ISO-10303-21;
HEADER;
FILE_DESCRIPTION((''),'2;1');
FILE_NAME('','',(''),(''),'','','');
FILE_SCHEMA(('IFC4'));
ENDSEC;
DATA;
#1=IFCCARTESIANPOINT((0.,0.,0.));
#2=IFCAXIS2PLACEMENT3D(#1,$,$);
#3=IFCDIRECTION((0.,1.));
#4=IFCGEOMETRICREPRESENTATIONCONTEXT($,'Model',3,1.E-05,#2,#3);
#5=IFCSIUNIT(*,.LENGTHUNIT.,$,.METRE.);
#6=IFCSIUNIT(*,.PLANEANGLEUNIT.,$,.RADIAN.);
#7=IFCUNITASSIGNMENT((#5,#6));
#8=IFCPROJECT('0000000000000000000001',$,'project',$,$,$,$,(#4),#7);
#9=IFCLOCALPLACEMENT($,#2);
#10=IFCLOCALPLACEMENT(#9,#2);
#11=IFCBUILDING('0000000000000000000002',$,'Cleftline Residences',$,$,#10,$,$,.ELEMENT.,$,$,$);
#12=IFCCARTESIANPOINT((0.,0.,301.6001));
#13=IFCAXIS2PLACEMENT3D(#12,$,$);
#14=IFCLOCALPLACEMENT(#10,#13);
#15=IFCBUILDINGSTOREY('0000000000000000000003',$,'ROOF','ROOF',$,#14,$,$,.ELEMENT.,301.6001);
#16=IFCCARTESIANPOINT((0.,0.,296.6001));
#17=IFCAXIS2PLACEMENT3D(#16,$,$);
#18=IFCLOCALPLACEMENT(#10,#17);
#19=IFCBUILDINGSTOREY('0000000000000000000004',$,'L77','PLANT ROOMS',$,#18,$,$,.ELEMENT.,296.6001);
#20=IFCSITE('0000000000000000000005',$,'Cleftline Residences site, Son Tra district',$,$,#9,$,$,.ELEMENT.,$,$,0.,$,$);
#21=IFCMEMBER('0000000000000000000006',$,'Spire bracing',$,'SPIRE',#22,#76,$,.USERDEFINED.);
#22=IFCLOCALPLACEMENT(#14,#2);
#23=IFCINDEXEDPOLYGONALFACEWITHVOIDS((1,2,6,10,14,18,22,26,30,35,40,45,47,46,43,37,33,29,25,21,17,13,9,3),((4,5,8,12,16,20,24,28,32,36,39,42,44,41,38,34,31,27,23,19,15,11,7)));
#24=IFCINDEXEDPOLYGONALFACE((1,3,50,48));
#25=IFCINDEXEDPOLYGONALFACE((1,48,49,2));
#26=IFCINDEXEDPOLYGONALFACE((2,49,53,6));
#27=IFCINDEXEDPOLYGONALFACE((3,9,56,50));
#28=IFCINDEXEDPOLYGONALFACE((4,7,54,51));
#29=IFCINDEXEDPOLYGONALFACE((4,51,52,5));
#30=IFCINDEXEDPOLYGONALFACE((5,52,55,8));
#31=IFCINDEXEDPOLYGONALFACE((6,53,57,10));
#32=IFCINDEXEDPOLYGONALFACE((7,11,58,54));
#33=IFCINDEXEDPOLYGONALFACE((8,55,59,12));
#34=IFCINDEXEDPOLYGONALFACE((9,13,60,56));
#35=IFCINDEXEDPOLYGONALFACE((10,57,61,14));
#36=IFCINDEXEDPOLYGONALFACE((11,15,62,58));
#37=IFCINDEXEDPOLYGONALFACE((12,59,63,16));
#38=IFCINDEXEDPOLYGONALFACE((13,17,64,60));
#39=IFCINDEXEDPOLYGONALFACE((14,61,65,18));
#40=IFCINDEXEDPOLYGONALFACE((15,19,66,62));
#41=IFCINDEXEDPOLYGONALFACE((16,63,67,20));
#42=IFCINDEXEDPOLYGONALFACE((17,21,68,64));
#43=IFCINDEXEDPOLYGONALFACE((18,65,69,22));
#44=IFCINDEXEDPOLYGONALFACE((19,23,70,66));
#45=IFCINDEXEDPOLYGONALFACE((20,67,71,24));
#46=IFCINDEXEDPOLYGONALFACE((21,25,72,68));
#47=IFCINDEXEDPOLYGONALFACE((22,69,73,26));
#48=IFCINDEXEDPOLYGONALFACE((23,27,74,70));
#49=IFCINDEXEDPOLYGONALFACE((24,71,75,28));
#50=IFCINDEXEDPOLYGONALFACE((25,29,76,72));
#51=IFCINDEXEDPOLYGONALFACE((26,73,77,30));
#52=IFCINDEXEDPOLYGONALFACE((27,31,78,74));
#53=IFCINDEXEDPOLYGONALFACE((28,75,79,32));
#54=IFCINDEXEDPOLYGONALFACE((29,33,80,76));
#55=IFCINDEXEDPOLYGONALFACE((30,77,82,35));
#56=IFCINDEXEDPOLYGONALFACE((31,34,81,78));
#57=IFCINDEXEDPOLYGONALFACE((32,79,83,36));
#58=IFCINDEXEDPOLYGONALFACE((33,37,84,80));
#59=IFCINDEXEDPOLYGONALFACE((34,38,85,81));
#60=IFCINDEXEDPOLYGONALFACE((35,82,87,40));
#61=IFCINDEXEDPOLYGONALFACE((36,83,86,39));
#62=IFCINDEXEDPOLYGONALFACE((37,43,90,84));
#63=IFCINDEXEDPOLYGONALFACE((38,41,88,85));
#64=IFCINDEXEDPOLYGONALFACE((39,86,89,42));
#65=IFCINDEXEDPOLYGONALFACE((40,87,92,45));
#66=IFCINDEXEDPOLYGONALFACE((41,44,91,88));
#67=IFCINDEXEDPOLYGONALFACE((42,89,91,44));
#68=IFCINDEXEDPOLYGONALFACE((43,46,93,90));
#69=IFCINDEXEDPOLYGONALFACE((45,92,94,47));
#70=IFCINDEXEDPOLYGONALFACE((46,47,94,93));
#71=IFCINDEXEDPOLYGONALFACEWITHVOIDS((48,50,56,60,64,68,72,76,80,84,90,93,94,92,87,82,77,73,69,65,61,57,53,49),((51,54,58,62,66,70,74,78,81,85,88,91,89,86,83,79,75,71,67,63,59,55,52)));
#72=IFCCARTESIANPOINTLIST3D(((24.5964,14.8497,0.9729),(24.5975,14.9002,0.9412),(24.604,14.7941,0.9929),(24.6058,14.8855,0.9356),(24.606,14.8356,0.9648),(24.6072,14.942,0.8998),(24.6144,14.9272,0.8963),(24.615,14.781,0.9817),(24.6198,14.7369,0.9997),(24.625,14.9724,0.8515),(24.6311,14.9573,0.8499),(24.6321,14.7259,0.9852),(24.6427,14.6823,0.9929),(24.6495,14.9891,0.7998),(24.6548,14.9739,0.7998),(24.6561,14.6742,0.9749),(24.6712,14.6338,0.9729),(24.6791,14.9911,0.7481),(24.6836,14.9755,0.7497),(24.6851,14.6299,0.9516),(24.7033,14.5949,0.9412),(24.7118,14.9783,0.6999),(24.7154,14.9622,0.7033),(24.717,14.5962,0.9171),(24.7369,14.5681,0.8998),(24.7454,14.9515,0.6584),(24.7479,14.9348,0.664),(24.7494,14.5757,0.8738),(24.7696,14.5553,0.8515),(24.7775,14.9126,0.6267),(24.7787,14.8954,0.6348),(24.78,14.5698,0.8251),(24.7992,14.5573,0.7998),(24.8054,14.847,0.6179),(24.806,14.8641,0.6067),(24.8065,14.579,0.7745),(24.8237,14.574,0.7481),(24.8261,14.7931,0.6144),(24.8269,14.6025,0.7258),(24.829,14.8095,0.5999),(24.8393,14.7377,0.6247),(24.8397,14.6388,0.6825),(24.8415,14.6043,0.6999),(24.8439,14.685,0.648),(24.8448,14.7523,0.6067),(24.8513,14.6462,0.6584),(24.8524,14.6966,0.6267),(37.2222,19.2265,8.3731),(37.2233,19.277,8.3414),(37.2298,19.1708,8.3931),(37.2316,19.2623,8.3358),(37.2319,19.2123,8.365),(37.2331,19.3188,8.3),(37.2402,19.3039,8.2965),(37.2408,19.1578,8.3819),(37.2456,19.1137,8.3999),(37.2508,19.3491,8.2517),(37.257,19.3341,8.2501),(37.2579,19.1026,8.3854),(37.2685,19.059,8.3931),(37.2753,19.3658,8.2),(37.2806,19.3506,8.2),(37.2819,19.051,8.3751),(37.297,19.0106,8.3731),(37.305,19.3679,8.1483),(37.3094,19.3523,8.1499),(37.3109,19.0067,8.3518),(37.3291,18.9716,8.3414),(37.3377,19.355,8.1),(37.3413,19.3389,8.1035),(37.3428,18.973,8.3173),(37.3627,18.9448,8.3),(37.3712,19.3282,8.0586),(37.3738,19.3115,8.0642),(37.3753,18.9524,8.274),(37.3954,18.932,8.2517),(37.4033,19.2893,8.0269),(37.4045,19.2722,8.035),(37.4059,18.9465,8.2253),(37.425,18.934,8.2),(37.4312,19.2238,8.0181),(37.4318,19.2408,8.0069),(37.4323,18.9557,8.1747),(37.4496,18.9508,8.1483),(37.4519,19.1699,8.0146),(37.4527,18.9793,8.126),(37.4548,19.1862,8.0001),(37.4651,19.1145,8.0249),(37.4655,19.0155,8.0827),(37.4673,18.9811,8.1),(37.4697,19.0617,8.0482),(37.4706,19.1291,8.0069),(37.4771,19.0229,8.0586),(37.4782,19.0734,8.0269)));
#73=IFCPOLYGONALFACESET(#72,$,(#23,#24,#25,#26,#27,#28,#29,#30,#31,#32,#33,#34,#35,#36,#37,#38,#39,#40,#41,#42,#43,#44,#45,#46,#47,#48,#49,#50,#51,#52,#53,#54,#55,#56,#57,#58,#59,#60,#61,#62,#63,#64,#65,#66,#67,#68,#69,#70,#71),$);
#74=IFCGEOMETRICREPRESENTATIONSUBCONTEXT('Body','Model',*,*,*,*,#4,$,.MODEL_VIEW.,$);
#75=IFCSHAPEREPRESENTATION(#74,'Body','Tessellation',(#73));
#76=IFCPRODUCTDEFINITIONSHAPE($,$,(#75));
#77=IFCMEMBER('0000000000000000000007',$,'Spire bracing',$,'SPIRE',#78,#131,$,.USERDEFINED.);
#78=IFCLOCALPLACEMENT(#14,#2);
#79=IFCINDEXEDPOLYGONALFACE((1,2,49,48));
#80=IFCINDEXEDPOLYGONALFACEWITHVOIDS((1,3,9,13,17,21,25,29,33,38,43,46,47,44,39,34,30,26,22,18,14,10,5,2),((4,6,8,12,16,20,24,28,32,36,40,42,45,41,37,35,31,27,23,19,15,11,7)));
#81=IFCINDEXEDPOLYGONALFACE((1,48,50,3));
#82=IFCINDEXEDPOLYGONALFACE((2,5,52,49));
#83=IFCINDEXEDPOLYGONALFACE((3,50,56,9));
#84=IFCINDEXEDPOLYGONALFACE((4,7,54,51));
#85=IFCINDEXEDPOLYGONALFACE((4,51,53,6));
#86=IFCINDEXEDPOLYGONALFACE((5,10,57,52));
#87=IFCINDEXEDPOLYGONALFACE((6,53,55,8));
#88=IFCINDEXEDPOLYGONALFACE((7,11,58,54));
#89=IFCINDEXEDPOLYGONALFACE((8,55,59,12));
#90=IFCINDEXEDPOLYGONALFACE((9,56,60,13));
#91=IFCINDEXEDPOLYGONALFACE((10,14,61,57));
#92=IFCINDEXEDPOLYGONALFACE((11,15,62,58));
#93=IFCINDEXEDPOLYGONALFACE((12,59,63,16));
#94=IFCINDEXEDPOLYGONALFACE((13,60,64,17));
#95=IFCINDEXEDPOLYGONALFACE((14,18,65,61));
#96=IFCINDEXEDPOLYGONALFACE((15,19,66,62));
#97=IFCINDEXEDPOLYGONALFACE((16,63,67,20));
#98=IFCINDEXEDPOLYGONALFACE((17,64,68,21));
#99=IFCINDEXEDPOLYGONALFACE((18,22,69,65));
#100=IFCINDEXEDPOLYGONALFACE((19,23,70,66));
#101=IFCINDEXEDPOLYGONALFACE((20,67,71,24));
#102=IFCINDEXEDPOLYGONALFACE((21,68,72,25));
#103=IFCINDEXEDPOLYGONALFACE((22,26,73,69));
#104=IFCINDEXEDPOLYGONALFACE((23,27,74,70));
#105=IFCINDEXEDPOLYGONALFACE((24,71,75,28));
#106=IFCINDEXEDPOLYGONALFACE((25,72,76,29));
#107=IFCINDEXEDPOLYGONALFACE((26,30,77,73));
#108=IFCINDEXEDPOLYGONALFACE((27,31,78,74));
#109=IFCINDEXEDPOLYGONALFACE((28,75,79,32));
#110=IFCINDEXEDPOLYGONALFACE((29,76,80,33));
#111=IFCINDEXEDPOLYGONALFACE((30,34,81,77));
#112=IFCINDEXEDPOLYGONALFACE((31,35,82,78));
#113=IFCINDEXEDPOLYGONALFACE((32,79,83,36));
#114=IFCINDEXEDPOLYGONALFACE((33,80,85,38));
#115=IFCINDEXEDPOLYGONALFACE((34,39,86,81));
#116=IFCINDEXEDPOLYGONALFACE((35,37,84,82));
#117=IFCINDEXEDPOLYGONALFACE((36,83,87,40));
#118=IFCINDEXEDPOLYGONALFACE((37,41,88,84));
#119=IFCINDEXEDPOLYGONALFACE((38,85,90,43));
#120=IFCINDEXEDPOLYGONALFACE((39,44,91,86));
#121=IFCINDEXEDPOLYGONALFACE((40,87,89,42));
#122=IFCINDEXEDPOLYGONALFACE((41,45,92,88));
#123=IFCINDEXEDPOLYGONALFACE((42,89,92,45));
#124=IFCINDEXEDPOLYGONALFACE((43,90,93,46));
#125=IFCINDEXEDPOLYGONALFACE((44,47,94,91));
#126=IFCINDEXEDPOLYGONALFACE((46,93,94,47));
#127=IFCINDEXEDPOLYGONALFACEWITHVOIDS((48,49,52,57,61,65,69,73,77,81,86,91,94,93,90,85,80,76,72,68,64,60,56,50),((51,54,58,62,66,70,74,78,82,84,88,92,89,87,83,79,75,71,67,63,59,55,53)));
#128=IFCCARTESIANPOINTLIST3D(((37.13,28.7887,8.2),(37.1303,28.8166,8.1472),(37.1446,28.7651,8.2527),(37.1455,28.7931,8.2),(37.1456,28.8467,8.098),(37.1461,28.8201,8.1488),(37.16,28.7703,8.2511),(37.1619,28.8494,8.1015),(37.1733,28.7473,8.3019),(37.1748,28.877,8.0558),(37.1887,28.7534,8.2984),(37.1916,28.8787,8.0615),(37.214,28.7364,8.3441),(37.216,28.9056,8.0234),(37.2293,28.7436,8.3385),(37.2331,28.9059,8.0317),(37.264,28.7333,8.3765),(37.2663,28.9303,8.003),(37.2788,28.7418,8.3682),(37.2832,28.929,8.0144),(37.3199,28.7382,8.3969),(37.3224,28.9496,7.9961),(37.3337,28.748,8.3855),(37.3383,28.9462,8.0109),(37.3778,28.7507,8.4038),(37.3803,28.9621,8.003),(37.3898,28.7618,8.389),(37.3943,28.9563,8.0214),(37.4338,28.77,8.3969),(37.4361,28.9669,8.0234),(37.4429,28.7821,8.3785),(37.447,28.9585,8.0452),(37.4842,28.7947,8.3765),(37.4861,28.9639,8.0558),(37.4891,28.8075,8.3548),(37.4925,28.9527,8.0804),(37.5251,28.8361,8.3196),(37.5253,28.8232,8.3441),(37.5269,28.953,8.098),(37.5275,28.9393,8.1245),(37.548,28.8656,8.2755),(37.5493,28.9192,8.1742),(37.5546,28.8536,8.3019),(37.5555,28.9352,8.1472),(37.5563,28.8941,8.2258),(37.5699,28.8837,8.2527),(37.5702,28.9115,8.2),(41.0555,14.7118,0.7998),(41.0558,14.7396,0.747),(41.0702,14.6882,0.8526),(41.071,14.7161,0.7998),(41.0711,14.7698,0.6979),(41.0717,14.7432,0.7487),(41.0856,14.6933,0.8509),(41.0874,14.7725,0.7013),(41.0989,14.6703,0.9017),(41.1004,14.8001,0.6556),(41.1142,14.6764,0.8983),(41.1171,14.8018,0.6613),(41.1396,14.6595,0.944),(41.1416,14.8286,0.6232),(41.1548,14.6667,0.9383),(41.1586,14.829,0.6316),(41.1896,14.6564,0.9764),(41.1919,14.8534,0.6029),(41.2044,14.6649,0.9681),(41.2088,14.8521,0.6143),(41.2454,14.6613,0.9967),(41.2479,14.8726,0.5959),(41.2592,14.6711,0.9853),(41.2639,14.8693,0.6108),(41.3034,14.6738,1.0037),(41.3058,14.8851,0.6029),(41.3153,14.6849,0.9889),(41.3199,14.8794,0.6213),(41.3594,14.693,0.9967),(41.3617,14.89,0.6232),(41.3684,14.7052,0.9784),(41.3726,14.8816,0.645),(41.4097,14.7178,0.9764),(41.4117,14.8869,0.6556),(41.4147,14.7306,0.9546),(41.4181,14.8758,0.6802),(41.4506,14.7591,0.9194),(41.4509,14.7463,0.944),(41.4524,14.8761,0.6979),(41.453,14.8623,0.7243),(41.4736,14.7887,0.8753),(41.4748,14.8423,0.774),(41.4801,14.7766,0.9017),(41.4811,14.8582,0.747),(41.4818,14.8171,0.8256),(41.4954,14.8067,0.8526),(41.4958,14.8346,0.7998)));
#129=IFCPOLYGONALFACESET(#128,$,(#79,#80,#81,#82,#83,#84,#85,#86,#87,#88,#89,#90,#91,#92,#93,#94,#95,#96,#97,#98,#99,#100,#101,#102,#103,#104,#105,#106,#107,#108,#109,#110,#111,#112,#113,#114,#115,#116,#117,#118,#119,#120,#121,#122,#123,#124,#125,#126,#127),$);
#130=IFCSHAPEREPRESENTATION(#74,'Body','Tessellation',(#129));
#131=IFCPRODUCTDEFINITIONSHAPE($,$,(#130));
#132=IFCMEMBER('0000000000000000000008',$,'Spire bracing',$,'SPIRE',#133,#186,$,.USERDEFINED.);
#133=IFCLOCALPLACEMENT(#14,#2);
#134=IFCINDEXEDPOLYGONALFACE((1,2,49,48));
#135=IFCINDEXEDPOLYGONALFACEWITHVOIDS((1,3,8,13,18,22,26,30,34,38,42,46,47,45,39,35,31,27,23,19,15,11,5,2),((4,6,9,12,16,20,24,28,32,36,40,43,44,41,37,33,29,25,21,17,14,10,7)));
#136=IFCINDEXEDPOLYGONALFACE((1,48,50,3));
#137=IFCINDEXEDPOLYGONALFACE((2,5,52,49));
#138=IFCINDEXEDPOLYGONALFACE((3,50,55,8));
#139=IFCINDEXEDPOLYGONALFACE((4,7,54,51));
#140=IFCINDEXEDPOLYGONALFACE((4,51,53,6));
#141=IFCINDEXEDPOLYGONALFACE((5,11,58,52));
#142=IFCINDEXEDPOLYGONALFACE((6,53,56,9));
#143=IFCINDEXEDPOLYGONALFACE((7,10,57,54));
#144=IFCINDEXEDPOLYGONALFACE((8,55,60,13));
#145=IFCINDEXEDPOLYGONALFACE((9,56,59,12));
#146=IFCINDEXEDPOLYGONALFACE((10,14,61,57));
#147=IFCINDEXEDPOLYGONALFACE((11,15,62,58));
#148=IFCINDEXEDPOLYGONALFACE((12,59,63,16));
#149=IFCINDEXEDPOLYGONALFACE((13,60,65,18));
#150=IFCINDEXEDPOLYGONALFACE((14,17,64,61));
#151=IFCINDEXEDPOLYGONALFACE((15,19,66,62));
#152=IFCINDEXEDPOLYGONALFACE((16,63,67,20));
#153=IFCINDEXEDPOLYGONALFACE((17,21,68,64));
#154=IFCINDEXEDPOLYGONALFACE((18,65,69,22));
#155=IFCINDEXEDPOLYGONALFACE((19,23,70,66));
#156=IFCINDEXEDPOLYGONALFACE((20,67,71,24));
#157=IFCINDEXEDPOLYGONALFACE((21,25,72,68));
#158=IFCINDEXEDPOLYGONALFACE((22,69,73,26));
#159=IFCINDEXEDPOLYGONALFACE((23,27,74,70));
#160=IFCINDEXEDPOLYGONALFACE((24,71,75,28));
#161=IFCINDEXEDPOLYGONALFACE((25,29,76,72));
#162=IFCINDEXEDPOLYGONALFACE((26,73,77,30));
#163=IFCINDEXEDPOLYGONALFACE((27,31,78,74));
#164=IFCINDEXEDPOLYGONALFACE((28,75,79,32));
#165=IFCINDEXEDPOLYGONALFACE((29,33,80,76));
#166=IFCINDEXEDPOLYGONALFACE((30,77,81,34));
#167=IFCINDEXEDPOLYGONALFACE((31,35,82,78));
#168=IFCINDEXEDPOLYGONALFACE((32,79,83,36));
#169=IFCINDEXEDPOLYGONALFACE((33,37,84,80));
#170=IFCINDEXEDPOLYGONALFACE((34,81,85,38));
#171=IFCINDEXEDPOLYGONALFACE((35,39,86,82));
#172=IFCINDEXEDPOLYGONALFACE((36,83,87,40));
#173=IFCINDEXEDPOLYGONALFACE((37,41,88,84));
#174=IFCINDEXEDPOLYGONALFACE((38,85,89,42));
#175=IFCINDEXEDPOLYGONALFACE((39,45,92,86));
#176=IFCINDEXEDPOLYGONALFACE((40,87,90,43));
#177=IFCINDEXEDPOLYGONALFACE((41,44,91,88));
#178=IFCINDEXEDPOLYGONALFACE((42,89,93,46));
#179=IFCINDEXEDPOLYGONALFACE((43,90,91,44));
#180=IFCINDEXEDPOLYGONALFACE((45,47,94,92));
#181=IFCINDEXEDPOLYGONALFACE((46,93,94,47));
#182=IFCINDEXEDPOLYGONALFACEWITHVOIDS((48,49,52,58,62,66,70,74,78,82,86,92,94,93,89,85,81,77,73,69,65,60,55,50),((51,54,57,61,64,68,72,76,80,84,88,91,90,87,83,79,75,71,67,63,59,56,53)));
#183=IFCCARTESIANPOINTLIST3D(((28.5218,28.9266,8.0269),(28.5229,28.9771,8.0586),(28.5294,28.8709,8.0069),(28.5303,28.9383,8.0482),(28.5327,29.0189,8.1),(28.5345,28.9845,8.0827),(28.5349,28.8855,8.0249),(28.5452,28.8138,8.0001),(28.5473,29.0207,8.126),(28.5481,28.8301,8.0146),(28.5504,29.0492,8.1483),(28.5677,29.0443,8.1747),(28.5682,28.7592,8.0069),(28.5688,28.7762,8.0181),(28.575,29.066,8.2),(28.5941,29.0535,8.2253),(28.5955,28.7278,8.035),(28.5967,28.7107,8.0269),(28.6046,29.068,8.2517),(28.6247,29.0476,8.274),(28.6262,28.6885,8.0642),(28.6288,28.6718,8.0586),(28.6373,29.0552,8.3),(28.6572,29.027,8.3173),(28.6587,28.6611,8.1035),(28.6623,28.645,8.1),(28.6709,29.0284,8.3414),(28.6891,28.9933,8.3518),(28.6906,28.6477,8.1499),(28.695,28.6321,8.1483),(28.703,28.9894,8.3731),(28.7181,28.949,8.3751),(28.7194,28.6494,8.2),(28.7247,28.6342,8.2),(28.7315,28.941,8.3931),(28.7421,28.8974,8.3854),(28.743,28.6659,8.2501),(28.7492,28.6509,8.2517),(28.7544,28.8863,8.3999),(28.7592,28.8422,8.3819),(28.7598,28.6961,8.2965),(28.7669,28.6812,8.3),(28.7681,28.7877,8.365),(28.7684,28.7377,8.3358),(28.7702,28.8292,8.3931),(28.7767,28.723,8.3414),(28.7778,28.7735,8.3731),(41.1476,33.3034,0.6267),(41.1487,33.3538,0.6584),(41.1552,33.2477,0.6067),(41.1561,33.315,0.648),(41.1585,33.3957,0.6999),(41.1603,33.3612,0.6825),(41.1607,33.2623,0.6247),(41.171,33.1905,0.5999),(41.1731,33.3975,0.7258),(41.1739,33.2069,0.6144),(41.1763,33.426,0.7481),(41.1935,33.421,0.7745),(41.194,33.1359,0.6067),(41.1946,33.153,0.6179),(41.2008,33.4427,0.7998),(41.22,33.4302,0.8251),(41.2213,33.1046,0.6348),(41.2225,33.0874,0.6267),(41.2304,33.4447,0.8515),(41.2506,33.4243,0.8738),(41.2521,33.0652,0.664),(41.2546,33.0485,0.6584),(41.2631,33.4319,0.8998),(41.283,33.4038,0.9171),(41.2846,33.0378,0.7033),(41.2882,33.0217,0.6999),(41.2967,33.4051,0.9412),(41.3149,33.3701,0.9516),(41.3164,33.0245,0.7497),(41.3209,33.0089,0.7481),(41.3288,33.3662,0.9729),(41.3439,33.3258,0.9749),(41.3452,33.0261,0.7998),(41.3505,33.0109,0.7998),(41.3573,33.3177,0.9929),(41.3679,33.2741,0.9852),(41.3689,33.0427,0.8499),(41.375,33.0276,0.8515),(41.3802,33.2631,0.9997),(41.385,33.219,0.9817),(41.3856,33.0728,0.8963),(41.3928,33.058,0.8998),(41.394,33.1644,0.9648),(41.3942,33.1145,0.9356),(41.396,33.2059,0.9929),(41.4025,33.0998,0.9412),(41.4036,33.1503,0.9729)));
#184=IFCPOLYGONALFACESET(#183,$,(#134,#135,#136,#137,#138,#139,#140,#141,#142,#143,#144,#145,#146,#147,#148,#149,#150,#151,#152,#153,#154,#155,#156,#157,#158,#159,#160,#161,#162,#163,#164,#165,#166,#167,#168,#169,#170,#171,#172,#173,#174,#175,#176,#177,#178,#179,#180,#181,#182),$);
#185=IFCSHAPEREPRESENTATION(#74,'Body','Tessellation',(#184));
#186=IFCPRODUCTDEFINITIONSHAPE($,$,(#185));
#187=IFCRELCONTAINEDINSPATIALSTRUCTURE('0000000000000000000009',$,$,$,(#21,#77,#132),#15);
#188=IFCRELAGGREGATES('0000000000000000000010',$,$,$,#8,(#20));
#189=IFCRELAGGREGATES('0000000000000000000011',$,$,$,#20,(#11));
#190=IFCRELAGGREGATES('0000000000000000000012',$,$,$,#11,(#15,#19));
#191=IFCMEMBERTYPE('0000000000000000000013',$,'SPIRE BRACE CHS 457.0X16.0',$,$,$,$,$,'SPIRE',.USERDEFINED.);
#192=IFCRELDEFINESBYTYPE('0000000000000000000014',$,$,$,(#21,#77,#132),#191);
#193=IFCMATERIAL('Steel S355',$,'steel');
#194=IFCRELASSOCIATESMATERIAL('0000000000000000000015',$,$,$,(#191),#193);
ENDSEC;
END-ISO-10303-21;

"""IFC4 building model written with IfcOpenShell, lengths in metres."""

from ifc_helpers import new_model, si_unit, direction, frame, origin, origin_2d, place, context, subcontext, project, spatial, hollow_circle, extrude, material, material_profile, profile_set, type_object, element, save


model = new_model("IFC4")

# Units and contexts
model_context = context("Model", 3, precision=1e-05, world=origin(), true_north=direction((0.0, 1.0)))
body_context = subcontext(model_context, "Body", "Model", "MODEL_VIEW")
ifc_project = project(units=[si_unit("LENGTHUNIT", "METRE"), si_unit("PLANEANGLEUNIT", "RADIAN")], contexts=[model_context])

# Site, building, storey
site_placement = place(None, origin())
site = spatial("IfcSite", under=ifc_project, at=site_placement, Name="Cleftline Residences site, Son Tra district", CompositionType="ELEMENT", RefElevation=0.0)
building_placement = place(site_placement, origin())
building = spatial("IfcBuilding", under=site, at=building_placement, Name="Cleftline Residences", CompositionType="ELEMENT")
storey_1_placement = place(building_placement, frame((0.0, 0.0, 301.6001)))
storey_1 = spatial("IfcBuildingStorey", under=building, at=storey_1_placement, Name="ROOF", Description="ROOF", CompositionType="ELEMENT", Elevation=301.6001)

# Members
ifc_material_1 = material(Name="Steel S355", Category="steel")
ifc_material_profile_1 = material_profile(ifc_material_1, hollow_circle(Radius=0.2285, WallThickness=0.0161, at=origin_2d()))
ifc_profile_set_1 = profile_set([ifc_material_profile_1], Name="Steel S355")
member_type_1 = type_object("IfcMemberType", Name="SPIRE BRACE CHS 457.0X16.0", ElementType="SPIRE", PredefinedType="USERDEFINED", material=ifc_profile_set_1)
member_1_placement = place(storey_1_placement, frame((24.7244, 14.7732, 0.7998), z_axis=(0.82656, 0.286527, 0.48446), x_axis=(-0.327529, 0.944841, 0.0)))
element("IfcMember", 1, at=member_1_placement, inside=storey_1, type_object=member_type_1, Name="Spire bracing", ObjectType="SPIRE", PredefinedType="USERDEFINED", context=body_context, shape_type="SweptSolid", body=[
    extrude(hollow_circle(Radius=0.2285, WallThickness=0.0161, at=origin_2d()), origin(), (0.0, 0.0, 1.0), 15.2751),
])
member_2_placement = place(storey_1_placement, frame((41.2756, 14.7732, 0.7998), z_axis=(-0.239642, 0.859353, 0.451757), x_axis=(-0.963248, -0.268615, 0.0)))
element("IfcMember", 2, at=member_2_placement, inside=storey_1, type_object=member_type_1, Name="Spire bracing", ObjectType="SPIRE", PredefinedType="USERDEFINED", context=body_context, shape_type="SweptSolid", body=[
    extrude(hollow_circle(Radius=0.2285, WallThickness=0.0161, at=origin_2d()), origin(), (0.0, 0.0, 1.0), 16.3809),
])
member_3_placement = place(storey_1_placement, frame((41.2756, 33.2268, 0.7998), z_axis=(-0.82656, -0.286527, 0.48446), x_axis=(0.327529, -0.944841, 0.0)))
element("IfcMember", 3, at=member_3_placement, inside=storey_1, type_object=member_type_1, Name="Spire bracing", ObjectType="SPIRE", PredefinedType="USERDEFINED", context=body_context, shape_type="SweptSolid", body=[
    extrude(hollow_circle(Radius=0.2285, WallThickness=0.0161, at=origin_2d()), origin(), (0.0, 0.0, 1.0), 15.2751),
])

# Shared definitions
storey_2_placement = place(building_placement, frame((0.0, 0.0, 296.6001)))
storey_2 = spatial("IfcBuildingStorey", under=building, at=storey_2_placement, Name="L77", Description="PLANT ROOMS", CompositionType="ELEMENT", Elevation=296.6001)

save(model, "model.ifc")
